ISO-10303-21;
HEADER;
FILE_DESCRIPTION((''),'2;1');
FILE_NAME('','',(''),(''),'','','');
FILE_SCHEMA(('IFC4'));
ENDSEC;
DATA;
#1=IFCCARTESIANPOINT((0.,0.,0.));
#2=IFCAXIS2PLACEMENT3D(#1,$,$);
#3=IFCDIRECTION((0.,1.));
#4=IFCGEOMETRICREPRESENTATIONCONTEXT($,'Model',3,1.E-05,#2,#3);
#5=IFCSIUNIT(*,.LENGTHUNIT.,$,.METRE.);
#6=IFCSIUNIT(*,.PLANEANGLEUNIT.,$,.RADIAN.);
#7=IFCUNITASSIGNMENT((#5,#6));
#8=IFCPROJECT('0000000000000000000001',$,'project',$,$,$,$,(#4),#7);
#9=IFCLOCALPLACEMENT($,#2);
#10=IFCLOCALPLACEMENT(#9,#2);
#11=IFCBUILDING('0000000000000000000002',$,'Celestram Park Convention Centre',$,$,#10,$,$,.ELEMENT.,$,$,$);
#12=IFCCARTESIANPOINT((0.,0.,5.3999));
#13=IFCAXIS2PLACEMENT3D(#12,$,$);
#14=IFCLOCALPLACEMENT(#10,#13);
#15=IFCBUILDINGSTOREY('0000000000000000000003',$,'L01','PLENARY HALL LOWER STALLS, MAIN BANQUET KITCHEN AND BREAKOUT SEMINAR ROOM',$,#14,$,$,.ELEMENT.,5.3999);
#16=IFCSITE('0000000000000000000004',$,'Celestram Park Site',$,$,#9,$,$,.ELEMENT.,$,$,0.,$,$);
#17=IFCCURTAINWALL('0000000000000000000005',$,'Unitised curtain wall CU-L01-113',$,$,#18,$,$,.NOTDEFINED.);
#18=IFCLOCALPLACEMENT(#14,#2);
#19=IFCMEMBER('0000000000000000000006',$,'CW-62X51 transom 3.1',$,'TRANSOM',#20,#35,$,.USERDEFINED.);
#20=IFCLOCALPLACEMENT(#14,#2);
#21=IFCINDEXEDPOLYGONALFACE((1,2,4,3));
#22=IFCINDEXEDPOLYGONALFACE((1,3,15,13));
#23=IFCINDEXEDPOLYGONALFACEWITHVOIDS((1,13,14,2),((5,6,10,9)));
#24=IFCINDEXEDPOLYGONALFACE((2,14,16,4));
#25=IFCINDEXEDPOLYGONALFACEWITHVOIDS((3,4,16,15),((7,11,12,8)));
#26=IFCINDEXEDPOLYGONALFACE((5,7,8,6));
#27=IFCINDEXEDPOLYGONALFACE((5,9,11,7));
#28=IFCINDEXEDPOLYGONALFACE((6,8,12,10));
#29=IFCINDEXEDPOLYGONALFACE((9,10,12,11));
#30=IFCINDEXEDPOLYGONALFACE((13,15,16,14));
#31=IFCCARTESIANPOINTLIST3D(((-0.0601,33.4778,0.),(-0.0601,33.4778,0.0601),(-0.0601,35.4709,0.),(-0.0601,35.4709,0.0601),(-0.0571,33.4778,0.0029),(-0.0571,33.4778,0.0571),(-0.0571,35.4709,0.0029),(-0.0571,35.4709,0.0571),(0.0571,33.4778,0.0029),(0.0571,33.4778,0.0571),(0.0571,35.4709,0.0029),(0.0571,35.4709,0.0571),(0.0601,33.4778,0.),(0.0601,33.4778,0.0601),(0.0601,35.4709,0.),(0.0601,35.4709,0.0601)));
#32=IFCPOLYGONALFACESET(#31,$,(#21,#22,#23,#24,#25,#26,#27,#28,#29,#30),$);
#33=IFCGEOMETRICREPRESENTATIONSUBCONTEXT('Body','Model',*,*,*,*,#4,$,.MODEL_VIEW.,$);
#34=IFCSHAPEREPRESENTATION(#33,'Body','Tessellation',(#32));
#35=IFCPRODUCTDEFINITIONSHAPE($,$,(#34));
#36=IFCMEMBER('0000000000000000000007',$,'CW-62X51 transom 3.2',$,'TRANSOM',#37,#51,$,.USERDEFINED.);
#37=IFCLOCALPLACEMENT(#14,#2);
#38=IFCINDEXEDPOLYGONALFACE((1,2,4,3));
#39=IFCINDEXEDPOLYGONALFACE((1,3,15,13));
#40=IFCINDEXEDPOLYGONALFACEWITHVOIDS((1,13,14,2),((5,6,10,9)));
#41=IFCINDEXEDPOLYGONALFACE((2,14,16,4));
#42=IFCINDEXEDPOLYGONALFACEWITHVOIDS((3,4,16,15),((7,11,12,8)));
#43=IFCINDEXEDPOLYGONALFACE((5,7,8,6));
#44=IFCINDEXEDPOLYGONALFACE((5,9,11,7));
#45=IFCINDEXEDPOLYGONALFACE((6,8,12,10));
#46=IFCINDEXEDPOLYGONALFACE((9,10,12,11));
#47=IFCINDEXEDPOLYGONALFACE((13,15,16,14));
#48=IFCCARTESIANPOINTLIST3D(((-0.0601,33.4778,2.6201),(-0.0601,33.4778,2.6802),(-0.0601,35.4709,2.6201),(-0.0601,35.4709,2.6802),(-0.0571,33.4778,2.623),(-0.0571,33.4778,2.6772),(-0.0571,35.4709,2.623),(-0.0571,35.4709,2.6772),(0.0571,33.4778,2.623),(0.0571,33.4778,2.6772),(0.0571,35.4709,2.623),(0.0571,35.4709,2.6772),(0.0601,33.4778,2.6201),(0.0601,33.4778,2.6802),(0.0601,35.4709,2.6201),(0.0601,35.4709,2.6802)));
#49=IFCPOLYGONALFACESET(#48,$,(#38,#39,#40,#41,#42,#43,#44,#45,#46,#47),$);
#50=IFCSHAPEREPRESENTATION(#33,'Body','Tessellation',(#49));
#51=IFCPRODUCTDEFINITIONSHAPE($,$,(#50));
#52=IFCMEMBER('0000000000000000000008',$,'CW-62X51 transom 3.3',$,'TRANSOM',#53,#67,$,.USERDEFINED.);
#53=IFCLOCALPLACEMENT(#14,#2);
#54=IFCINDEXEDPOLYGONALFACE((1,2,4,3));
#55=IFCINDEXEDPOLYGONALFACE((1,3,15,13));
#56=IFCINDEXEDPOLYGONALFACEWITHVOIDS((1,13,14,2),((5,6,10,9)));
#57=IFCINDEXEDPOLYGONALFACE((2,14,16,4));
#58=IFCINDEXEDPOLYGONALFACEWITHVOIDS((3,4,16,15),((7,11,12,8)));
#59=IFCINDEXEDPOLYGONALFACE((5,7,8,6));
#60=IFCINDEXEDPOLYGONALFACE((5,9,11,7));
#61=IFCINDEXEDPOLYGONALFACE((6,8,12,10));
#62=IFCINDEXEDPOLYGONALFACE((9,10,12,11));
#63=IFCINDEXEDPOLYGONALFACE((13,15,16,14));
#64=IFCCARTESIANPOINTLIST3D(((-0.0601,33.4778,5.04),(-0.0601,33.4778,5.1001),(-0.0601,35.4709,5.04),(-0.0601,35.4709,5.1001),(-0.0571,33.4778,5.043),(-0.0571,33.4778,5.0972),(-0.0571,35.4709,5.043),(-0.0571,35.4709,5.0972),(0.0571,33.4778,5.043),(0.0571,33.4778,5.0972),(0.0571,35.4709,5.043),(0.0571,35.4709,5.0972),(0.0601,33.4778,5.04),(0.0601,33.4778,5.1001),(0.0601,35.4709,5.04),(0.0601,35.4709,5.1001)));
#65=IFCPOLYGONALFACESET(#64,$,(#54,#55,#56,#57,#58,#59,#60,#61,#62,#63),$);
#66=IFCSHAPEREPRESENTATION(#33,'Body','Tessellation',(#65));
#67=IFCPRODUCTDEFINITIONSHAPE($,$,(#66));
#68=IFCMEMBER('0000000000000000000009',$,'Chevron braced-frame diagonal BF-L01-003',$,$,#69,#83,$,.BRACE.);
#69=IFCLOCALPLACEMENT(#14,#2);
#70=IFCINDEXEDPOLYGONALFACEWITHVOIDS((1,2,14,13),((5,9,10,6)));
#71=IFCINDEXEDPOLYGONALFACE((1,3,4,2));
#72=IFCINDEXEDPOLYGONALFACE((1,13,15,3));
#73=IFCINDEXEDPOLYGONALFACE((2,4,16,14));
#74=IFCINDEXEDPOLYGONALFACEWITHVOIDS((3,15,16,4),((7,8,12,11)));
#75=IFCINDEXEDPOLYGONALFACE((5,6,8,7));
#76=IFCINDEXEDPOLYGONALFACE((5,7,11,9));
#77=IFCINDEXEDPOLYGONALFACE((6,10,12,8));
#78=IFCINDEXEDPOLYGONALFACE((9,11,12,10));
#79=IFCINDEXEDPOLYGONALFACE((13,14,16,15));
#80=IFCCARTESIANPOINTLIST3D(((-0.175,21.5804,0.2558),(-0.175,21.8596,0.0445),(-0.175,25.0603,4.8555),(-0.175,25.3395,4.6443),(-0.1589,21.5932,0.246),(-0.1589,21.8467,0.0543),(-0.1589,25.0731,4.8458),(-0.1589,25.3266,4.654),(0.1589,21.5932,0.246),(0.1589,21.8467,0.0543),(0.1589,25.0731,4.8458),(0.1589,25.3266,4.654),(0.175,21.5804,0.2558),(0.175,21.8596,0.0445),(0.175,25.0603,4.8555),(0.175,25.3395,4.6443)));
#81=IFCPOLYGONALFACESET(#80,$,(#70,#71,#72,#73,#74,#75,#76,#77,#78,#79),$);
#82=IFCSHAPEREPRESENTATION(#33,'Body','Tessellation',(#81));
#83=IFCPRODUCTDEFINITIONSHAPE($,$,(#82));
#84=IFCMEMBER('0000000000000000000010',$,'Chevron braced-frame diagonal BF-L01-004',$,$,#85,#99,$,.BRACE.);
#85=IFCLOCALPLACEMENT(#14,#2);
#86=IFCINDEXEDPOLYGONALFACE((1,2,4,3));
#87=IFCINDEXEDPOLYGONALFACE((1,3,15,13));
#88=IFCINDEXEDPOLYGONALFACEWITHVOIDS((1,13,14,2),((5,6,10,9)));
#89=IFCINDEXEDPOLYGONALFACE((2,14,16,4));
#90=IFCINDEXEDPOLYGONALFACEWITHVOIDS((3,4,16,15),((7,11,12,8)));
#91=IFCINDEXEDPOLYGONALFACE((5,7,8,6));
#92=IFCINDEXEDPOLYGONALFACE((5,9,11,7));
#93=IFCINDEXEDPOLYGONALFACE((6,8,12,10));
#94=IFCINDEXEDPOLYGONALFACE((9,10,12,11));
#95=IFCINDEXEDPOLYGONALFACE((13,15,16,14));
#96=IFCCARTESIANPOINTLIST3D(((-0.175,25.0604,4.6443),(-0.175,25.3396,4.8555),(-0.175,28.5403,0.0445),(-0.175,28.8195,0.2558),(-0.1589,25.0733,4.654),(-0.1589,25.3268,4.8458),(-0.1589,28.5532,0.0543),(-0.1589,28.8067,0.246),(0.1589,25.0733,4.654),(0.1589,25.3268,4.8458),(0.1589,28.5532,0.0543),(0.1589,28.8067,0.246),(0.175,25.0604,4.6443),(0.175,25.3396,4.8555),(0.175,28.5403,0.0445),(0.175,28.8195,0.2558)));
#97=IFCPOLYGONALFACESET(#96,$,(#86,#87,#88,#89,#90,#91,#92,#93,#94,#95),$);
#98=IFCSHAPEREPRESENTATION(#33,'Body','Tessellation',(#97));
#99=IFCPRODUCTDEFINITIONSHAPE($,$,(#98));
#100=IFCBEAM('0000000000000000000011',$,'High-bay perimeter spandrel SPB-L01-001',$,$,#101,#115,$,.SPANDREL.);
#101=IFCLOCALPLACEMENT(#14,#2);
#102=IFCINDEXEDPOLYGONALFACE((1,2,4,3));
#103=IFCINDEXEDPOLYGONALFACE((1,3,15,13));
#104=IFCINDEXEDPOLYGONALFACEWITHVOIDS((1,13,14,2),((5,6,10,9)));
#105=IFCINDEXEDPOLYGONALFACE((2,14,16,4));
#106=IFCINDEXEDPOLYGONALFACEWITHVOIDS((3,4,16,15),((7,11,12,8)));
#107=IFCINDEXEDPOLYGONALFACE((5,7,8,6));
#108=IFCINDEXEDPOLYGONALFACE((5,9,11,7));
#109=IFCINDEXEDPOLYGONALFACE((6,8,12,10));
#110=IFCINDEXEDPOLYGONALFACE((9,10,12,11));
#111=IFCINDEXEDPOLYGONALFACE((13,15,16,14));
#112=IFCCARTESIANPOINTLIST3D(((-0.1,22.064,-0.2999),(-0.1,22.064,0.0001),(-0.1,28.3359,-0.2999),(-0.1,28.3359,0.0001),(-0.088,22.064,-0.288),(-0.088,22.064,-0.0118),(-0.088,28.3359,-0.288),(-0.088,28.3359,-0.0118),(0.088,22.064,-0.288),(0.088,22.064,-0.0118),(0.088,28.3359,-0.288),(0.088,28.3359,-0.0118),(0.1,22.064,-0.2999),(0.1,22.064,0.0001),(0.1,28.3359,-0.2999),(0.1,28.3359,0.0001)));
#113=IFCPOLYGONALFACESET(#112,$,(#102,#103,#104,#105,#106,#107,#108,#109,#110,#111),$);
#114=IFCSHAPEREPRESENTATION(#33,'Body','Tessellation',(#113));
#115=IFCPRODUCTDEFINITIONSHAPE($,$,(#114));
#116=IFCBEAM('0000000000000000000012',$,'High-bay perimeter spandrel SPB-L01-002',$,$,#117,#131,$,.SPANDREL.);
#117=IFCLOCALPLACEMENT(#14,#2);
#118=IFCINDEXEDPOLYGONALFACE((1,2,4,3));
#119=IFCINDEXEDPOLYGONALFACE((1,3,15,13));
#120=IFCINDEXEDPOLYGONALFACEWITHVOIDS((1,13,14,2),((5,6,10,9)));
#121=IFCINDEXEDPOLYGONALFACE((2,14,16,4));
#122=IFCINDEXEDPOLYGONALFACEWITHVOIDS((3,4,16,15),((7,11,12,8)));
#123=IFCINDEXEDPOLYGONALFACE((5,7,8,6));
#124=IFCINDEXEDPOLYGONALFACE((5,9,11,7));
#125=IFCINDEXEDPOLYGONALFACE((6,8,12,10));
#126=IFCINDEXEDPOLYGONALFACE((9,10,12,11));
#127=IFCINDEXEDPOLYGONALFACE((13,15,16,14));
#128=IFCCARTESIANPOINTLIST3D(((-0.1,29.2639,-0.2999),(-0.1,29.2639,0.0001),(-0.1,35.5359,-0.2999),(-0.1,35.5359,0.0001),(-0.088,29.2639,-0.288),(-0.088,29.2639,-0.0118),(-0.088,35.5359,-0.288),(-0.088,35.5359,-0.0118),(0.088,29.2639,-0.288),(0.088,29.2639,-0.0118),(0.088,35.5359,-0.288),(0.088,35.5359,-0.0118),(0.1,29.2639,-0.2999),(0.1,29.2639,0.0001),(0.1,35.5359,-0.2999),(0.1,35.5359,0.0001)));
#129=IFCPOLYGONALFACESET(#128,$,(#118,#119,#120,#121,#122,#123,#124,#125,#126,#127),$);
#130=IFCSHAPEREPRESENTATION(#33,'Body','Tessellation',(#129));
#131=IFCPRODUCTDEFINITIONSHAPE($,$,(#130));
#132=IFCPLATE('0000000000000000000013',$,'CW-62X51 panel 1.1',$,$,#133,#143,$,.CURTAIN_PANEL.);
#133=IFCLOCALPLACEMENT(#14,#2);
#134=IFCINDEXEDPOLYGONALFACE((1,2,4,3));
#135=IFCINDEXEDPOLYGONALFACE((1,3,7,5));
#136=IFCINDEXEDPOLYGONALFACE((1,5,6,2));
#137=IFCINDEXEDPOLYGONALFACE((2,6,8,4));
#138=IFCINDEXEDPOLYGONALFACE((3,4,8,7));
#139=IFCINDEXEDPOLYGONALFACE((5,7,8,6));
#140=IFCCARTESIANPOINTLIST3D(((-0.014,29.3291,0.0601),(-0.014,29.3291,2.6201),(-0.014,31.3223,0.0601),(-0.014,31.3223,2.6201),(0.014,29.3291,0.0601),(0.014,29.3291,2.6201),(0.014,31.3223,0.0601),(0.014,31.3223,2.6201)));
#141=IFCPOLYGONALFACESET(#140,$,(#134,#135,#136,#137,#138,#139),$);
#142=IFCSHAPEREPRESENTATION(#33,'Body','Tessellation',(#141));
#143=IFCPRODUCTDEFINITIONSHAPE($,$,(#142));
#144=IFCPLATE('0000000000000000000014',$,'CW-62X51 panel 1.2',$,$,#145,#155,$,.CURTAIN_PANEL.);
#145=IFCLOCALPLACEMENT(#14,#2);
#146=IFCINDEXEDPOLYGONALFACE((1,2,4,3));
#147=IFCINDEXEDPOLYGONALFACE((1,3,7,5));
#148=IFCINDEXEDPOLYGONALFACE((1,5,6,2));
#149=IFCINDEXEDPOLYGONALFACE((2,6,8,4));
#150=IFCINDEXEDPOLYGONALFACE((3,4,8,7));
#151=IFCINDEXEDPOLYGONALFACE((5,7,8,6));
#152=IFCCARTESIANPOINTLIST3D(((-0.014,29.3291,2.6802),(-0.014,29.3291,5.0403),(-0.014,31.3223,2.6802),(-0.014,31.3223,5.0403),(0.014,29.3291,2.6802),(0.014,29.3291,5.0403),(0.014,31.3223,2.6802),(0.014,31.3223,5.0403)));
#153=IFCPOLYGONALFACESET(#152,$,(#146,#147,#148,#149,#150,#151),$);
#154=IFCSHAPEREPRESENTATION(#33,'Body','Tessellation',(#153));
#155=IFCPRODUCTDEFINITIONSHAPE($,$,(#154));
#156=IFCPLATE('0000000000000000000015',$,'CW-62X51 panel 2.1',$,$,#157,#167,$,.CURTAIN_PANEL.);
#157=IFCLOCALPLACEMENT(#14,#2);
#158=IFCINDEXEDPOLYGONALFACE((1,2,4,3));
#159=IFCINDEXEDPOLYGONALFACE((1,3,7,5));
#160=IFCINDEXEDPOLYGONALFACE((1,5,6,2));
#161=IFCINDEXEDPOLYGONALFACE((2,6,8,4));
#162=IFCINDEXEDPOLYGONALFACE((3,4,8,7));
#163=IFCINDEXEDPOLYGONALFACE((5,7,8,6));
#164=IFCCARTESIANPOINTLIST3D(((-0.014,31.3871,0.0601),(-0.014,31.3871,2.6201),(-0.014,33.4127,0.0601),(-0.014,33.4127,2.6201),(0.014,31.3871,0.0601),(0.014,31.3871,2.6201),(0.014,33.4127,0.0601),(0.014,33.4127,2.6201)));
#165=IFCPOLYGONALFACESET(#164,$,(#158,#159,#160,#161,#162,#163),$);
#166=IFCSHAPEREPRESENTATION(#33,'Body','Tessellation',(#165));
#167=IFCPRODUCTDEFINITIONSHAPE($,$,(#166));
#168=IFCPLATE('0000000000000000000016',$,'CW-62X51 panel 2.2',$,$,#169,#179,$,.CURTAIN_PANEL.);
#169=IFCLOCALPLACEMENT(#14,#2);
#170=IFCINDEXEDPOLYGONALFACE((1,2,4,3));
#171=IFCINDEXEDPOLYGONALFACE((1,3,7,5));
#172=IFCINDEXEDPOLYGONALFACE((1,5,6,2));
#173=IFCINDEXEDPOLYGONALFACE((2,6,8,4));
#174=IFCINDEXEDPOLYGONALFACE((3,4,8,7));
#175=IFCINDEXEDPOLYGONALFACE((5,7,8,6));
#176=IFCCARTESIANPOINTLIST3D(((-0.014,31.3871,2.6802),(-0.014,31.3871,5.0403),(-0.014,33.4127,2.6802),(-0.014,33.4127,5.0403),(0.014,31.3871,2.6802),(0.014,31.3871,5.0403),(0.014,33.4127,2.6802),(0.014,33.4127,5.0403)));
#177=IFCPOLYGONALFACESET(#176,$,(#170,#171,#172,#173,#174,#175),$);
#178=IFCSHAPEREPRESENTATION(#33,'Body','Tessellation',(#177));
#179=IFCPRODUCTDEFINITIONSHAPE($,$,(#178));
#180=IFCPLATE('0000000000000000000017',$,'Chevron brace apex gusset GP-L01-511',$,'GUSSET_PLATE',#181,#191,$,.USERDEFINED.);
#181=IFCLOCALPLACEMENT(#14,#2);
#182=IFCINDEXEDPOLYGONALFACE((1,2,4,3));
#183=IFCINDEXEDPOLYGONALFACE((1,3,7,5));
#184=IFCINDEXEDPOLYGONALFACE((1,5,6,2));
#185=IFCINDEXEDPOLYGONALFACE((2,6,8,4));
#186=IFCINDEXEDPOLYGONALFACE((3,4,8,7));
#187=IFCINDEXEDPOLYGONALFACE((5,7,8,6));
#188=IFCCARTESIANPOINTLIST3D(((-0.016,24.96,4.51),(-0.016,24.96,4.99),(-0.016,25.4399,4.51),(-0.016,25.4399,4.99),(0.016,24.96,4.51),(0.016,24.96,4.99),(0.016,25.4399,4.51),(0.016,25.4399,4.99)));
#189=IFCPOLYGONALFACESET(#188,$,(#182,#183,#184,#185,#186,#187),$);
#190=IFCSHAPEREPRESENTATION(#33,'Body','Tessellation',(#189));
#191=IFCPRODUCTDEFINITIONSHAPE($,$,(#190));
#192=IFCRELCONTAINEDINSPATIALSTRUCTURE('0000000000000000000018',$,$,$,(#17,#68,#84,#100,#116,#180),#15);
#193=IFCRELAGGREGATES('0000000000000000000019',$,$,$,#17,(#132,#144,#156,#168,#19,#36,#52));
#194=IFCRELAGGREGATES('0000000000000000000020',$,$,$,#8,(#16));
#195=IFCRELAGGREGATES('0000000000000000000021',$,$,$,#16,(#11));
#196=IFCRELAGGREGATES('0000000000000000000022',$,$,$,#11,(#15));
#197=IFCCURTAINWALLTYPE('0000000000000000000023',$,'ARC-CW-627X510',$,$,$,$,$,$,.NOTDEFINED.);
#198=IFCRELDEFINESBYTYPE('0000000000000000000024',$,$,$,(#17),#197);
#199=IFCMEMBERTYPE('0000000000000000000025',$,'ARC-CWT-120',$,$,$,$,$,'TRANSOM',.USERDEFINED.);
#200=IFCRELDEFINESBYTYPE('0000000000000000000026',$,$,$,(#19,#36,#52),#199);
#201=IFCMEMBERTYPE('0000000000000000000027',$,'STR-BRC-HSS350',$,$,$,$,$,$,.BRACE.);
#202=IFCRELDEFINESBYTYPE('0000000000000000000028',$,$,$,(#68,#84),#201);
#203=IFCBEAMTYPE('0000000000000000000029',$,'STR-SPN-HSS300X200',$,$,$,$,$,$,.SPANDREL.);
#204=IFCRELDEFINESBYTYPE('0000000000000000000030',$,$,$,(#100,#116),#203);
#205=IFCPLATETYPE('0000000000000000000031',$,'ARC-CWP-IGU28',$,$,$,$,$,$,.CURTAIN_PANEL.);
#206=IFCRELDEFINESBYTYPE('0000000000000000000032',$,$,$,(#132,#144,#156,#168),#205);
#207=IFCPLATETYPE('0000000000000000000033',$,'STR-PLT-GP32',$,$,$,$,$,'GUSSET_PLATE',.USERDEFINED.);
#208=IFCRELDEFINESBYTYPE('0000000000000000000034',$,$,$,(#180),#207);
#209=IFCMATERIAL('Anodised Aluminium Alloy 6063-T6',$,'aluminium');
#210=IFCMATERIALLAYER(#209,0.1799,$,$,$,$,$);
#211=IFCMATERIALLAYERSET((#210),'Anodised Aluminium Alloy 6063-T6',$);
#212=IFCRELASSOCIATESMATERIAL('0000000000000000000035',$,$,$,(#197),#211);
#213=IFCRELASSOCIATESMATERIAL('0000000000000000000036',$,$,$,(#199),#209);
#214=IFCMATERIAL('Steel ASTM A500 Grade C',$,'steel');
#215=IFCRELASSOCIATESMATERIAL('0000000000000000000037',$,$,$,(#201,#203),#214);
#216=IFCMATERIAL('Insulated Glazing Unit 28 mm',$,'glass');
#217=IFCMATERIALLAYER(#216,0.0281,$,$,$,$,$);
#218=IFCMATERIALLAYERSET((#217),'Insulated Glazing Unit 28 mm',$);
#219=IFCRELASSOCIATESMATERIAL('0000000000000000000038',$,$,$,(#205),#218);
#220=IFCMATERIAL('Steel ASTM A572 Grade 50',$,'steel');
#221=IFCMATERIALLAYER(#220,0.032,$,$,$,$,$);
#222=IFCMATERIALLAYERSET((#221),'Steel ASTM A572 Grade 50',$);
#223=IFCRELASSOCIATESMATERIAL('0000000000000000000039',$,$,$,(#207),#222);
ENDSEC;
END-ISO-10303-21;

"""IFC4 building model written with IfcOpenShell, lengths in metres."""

from ifc_helpers import new_model, si_unit, direction, frame, origin, origin_2d, place, context, subcontext, project, spatial, rectangle, hollow_rectangle, extrude, material, layer, layer_set, material_profile, profile_set, type_object, element, aggregate, save


model = new_model("IFC4")

# Units and contexts
model_context = context("Model", 3, precision=1e-05, world=origin(), true_north=direction((0.0, 1.0)))
body_context = subcontext(model_context, "Body", "Model", "MODEL_VIEW")
ifc_project = project(units=[si_unit("LENGTHUNIT", "METRE"), si_unit("PLANEANGLEUNIT", "RADIAN")], contexts=[model_context])

# Site, building, storey
site_placement = place(None, origin())
site = spatial("IfcSite", under=ifc_project, at=site_placement, Name="Celestram Park Site", CompositionType="ELEMENT", RefElevation=0.0)
building_placement = place(site_placement, origin())
building = spatial("IfcBuilding", under=site, at=building_placement, Name="Celestram Park Convention Centre", CompositionType="ELEMENT")
storey_placement = place(building_placement, frame((0.0, 0.0, 5.3999)))
storey = spatial("IfcBuildingStorey", under=building, at=storey_placement, Name="L01", Description="PLENARY HALL LOWER STALLS, MAIN BANQUET KITCHEN AND BREAKOUT SEMINAR ROOM", CompositionType="ELEMENT", Elevation=5.3999)

# Curtain wall, members
ifc_material_1 = material(Name="Anodised Aluminium Alloy 6063-T6", Category="aluminium")
ifc_layer_1 = layer(ifc_material_1, 0.1799)
ifc_layer_set_1 = layer_set([ifc_layer_1], Name="Anodised Aluminium Alloy 6063-T6")
curtain_wall_type = type_object("IfcCurtainWallType", Name="ARC-CW-627X510", PredefinedType="NOTDEFINED", material=ifc_layer_set_1)
curtain_wall_placement = place(storey_placement, origin())
curtain_wall = element("IfcCurtainWall", 1, at=curtain_wall_placement, inside=storey, type_object=curtain_wall_type, Name="Unitised curtain wall CU-L01-113", PredefinedType="NOTDEFINED")
ifc_material_profile_1 = material_profile(ifc_material_1, hollow_rectangle(XDim=0.1201, YDim=0.0601, WallThickness=0.0029, at=origin_2d()), Name="ALU120X60X3")
ifc_profile_set_1 = profile_set([ifc_material_profile_1], Name="Anodised Aluminium Alloy 6063-T6")
member_type_1 = type_object("IfcMemberType", Name="ARC-CWT-120", ElementType="TRANSOM", PredefinedType="USERDEFINED", material=ifc_profile_set_1)
member_1_placement = place(storey_placement, frame((0.0, 33.4778, 0.03), z_axis=(0.0, 1.0, 0.0), x_axis=(-1.0, 0.0, 0.0)))
member_1 = element("IfcMember", 2, at=member_1_placement, type_object=member_type_1, Name="CW-62X51 transom 3.1", ObjectType="TRANSOM", PredefinedType="USERDEFINED", context=body_context, shape_type="SweptSolid", body=[
    extrude(hollow_rectangle(XDim=0.1201, YDim=0.0601, WallThickness=0.0029, at=origin_2d()), origin(), (0.0, 0.0, 1.0), 1.9932),
])
member_2_placement = place(storey_placement, frame((0.0, 33.4778, 2.6501), z_axis=(0.0, 1.0, 0.0), x_axis=(-1.0, 0.0, 0.0)))
member_2 = element("IfcMember", 3, at=member_2_placement, type_object=member_type_1, Name="CW-62X51 transom 3.2", ObjectType="TRANSOM", PredefinedType="USERDEFINED", context=body_context, shape_type="SweptSolid", body=[
    extrude(hollow_rectangle(XDim=0.1201, YDim=0.0601, WallThickness=0.0029, at=origin_2d()), origin(), (0.0, 0.0, 1.0), 1.9932),
])
member_3_placement = place(storey_placement, frame((0.0, 33.4778, 5.0701), z_axis=(0.0, 1.0, 0.0), x_axis=(-1.0, 0.0, 0.0)))
member_3 = element("IfcMember", 4, at=member_3_placement, type_object=member_type_1, Name="CW-62X51 transom 3.3", ObjectType="TRANSOM", PredefinedType="USERDEFINED", context=body_context, shape_type="SweptSolid", body=[
    extrude(hollow_rectangle(XDim=0.1201, YDim=0.0601, WallThickness=0.0029, at=origin_2d()), origin(), (0.0, 0.0, 1.0), 1.9932),
])

# Members
ifc_material_2 = material(Name="Steel ASTM A500 Grade C", Category="steel")
ifc_material_profile_2 = material_profile(ifc_material_2, hollow_rectangle(XDim=0.3501, YDim=0.3501, WallThickness=0.0161, at=origin_2d()), Name="HSS350X350X16")
ifc_profile_set_2 = profile_set([ifc_material_profile_2], Name="Steel ASTM A500 Grade C")
member_type_2 = type_object("IfcMemberType", Name="STR-BRC-HSS350", PredefinedType="BRACE", material=ifc_profile_set_2)
for number, where, z_axis, x_axis, name in (
    (5, (0.0, 21.72, 0.1501), (0.0, 0.603334, 0.797489), (-1.0, 0.0, 0.0), "Chevron braced-frame diagonal BF-L01-003"),
    (6, (0.0, 28.6799, 0.1501), (0.0, -0.603334, 0.797489), (1.0, 0.0, 0.0), "Chevron braced-frame diagonal BF-L01-004"),
):
    element("IfcMember", number, at=place(storey_placement, frame(where, z_axis=z_axis, x_axis=x_axis)), inside=storey, type_object=member_type_2, Name=name, PredefinedType="BRACE", context=body_context, shape_type="SweptSolid", body=[
        extrude(hollow_rectangle(XDim=0.3501, YDim=0.3501, WallThickness=0.0161, at=origin_2d()), origin(), (0.0, 0.0, 1.0), 5.7678),
    ])

# Beams
ifc_material_profile_3 = material_profile(ifc_material_2, hollow_rectangle(XDim=0.2, YDim=0.3, WallThickness=0.012, at=origin_2d()), Name="HSS300X200X12")
ifc_profile_set_3 = profile_set([ifc_material_profile_3], Name="Steel ASTM A500 Grade C")
beam_type = type_object("IfcBeamType", Name="STR-SPN-HSS300X200", PredefinedType="SPANDREL", material=ifc_profile_set_3)
for number, where, z_axis, x_axis, name in (
    (7, (0.0, 22.064, -0.1499), (0.0, 1.0, 0.0), (-1.0, 0.0, 0.0), "High-bay perimeter spandrel SPB-L01-001"),
    (8, (0.0, 29.2639, -0.1499), (0.0, 1.0, 0.0), (-1.0, 0.0, 0.0), "High-bay perimeter spandrel SPB-L01-002"),
):
    element("IfcBeam", number, at=place(storey_placement, frame(where, z_axis=z_axis, x_axis=x_axis)), inside=storey, type_object=beam_type, Name=name, PredefinedType="SPANDREL", context=body_context, shape_type="SweptSolid", body=[
        extrude(hollow_rectangle(XDim=0.2, YDim=0.3, WallThickness=0.012, at=origin_2d()), origin(), (0.0, 0.0, 1.0), 6.272),
    ])

# Plates
ifc_material_3 = material(Name="Insulated Glazing Unit 28 mm", Category="glass")
ifc_layer_2 = layer(ifc_material_3, 0.0281)
ifc_layer_set_2 = layer_set([ifc_layer_2], Name="Insulated Glazing Unit 28 mm")
plate_type_1 = type_object("IfcPlateType", Name="ARC-CWP-IGU28", PredefinedType="CURTAIN_PANEL", material=ifc_layer_set_2)
plate_1_placement = place(storey_placement, frame((0.0, 30.3257, 0.0601), z_axis=(0.0, 0.0, 1.0), x_axis=(0.0, 1.0, 0.0)))
plate_1 = element("IfcPlate", 9, at=plate_1_placement, type_object=plate_type_1, Name="CW-62X51 panel 1.1", PredefinedType="CURTAIN_PANEL", context=body_context, shape_type="SweptSolid", body=[
    extrude(rectangle(XDim=1.9932, YDim=0.0281, at=origin_2d()), origin(), (0.0, 0.0, 1.0), 2.5601),
])
plate_2_placement = place(storey_placement, frame((0.0, 30.3257, 2.6802), z_axis=(0.0, 0.0, 1.0), x_axis=(0.0, 1.0, 0.0)))
plate_2 = element("IfcPlate", 10, at=plate_2_placement, type_object=plate_type_1, Name="CW-62X51 panel 1.2", PredefinedType="CURTAIN_PANEL", context=body_context, shape_type="SweptSolid", body=[
    extrude(rectangle(XDim=1.9932, YDim=0.0281, at=origin_2d()), origin(), (0.0, 0.0, 1.0), 2.3601),
])
plate_3_placement = place(storey_placement, frame((0.0, 32.3999, 0.0601), z_axis=(0.0, 0.0, 1.0), x_axis=(0.0, 1.0, 0.0)))
plate_3 = element("IfcPlate", 11, at=plate_3_placement, type_object=plate_type_1, Name="CW-62X51 panel 2.1", PredefinedType="CURTAIN_PANEL", context=body_context, shape_type="SweptSolid", body=[
    extrude(rectangle(XDim=2.0256, YDim=0.0281, at=origin_2d()), origin(), (0.0, 0.0, 1.0), 2.5601),
])
plate_4_placement = place(storey_placement, frame((0.0, 32.3999, 2.6802), z_axis=(0.0, 0.0, 1.0), x_axis=(0.0, 1.0, 0.0)))
plate_4 = element("IfcPlate", 12, at=plate_4_placement, type_object=plate_type_1, Name="CW-62X51 panel 2.2", PredefinedType="CURTAIN_PANEL", context=body_context, shape_type="SweptSolid", body=[
    extrude(rectangle(XDim=2.0256, YDim=0.0281, at=origin_2d()), origin(), (0.0, 0.0, 1.0), 2.3601),
])
aggregate(curtain_wall, [plate_1, plate_2, plate_3, plate_4, member_1, member_2, member_3])

# Plate
ifc_material_4 = material(Name="Steel ASTM A572 Grade 50", Category="steel")
ifc_layer_3 = layer(ifc_material_4, 0.032)
ifc_layer_set_3 = layer_set([ifc_layer_3], Name="Steel ASTM A572 Grade 50")
plate_type_2 = type_object("IfcPlateType", Name="STR-PLT-GP32", ElementType="GUSSET_PLATE", PredefinedType="USERDEFINED", material=ifc_layer_set_3)
for number, where, z_axis, x_axis, name in (
    (13, (0.0, 25.2, 4.51), (0.0, 0.0, 1.0), (0.0, 1.0, 0.0), "Chevron brace apex gusset GP-L01-511"),
):
    element("IfcPlate", number, at=place(storey_placement, frame(where, z_axis=z_axis, x_axis=x_axis)), inside=storey, type_object=plate_type_2, Name=name, ObjectType="GUSSET_PLATE", PredefinedType="USERDEFINED", context=body_context, shape_type="SweptSolid", body=[
        extrude(rectangle(XDim=0.48, YDim=0.032, at=origin_2d()), origin(), (0.0, 0.0, 1.0), 0.48),
    ])

save(model, "model.ifc")
